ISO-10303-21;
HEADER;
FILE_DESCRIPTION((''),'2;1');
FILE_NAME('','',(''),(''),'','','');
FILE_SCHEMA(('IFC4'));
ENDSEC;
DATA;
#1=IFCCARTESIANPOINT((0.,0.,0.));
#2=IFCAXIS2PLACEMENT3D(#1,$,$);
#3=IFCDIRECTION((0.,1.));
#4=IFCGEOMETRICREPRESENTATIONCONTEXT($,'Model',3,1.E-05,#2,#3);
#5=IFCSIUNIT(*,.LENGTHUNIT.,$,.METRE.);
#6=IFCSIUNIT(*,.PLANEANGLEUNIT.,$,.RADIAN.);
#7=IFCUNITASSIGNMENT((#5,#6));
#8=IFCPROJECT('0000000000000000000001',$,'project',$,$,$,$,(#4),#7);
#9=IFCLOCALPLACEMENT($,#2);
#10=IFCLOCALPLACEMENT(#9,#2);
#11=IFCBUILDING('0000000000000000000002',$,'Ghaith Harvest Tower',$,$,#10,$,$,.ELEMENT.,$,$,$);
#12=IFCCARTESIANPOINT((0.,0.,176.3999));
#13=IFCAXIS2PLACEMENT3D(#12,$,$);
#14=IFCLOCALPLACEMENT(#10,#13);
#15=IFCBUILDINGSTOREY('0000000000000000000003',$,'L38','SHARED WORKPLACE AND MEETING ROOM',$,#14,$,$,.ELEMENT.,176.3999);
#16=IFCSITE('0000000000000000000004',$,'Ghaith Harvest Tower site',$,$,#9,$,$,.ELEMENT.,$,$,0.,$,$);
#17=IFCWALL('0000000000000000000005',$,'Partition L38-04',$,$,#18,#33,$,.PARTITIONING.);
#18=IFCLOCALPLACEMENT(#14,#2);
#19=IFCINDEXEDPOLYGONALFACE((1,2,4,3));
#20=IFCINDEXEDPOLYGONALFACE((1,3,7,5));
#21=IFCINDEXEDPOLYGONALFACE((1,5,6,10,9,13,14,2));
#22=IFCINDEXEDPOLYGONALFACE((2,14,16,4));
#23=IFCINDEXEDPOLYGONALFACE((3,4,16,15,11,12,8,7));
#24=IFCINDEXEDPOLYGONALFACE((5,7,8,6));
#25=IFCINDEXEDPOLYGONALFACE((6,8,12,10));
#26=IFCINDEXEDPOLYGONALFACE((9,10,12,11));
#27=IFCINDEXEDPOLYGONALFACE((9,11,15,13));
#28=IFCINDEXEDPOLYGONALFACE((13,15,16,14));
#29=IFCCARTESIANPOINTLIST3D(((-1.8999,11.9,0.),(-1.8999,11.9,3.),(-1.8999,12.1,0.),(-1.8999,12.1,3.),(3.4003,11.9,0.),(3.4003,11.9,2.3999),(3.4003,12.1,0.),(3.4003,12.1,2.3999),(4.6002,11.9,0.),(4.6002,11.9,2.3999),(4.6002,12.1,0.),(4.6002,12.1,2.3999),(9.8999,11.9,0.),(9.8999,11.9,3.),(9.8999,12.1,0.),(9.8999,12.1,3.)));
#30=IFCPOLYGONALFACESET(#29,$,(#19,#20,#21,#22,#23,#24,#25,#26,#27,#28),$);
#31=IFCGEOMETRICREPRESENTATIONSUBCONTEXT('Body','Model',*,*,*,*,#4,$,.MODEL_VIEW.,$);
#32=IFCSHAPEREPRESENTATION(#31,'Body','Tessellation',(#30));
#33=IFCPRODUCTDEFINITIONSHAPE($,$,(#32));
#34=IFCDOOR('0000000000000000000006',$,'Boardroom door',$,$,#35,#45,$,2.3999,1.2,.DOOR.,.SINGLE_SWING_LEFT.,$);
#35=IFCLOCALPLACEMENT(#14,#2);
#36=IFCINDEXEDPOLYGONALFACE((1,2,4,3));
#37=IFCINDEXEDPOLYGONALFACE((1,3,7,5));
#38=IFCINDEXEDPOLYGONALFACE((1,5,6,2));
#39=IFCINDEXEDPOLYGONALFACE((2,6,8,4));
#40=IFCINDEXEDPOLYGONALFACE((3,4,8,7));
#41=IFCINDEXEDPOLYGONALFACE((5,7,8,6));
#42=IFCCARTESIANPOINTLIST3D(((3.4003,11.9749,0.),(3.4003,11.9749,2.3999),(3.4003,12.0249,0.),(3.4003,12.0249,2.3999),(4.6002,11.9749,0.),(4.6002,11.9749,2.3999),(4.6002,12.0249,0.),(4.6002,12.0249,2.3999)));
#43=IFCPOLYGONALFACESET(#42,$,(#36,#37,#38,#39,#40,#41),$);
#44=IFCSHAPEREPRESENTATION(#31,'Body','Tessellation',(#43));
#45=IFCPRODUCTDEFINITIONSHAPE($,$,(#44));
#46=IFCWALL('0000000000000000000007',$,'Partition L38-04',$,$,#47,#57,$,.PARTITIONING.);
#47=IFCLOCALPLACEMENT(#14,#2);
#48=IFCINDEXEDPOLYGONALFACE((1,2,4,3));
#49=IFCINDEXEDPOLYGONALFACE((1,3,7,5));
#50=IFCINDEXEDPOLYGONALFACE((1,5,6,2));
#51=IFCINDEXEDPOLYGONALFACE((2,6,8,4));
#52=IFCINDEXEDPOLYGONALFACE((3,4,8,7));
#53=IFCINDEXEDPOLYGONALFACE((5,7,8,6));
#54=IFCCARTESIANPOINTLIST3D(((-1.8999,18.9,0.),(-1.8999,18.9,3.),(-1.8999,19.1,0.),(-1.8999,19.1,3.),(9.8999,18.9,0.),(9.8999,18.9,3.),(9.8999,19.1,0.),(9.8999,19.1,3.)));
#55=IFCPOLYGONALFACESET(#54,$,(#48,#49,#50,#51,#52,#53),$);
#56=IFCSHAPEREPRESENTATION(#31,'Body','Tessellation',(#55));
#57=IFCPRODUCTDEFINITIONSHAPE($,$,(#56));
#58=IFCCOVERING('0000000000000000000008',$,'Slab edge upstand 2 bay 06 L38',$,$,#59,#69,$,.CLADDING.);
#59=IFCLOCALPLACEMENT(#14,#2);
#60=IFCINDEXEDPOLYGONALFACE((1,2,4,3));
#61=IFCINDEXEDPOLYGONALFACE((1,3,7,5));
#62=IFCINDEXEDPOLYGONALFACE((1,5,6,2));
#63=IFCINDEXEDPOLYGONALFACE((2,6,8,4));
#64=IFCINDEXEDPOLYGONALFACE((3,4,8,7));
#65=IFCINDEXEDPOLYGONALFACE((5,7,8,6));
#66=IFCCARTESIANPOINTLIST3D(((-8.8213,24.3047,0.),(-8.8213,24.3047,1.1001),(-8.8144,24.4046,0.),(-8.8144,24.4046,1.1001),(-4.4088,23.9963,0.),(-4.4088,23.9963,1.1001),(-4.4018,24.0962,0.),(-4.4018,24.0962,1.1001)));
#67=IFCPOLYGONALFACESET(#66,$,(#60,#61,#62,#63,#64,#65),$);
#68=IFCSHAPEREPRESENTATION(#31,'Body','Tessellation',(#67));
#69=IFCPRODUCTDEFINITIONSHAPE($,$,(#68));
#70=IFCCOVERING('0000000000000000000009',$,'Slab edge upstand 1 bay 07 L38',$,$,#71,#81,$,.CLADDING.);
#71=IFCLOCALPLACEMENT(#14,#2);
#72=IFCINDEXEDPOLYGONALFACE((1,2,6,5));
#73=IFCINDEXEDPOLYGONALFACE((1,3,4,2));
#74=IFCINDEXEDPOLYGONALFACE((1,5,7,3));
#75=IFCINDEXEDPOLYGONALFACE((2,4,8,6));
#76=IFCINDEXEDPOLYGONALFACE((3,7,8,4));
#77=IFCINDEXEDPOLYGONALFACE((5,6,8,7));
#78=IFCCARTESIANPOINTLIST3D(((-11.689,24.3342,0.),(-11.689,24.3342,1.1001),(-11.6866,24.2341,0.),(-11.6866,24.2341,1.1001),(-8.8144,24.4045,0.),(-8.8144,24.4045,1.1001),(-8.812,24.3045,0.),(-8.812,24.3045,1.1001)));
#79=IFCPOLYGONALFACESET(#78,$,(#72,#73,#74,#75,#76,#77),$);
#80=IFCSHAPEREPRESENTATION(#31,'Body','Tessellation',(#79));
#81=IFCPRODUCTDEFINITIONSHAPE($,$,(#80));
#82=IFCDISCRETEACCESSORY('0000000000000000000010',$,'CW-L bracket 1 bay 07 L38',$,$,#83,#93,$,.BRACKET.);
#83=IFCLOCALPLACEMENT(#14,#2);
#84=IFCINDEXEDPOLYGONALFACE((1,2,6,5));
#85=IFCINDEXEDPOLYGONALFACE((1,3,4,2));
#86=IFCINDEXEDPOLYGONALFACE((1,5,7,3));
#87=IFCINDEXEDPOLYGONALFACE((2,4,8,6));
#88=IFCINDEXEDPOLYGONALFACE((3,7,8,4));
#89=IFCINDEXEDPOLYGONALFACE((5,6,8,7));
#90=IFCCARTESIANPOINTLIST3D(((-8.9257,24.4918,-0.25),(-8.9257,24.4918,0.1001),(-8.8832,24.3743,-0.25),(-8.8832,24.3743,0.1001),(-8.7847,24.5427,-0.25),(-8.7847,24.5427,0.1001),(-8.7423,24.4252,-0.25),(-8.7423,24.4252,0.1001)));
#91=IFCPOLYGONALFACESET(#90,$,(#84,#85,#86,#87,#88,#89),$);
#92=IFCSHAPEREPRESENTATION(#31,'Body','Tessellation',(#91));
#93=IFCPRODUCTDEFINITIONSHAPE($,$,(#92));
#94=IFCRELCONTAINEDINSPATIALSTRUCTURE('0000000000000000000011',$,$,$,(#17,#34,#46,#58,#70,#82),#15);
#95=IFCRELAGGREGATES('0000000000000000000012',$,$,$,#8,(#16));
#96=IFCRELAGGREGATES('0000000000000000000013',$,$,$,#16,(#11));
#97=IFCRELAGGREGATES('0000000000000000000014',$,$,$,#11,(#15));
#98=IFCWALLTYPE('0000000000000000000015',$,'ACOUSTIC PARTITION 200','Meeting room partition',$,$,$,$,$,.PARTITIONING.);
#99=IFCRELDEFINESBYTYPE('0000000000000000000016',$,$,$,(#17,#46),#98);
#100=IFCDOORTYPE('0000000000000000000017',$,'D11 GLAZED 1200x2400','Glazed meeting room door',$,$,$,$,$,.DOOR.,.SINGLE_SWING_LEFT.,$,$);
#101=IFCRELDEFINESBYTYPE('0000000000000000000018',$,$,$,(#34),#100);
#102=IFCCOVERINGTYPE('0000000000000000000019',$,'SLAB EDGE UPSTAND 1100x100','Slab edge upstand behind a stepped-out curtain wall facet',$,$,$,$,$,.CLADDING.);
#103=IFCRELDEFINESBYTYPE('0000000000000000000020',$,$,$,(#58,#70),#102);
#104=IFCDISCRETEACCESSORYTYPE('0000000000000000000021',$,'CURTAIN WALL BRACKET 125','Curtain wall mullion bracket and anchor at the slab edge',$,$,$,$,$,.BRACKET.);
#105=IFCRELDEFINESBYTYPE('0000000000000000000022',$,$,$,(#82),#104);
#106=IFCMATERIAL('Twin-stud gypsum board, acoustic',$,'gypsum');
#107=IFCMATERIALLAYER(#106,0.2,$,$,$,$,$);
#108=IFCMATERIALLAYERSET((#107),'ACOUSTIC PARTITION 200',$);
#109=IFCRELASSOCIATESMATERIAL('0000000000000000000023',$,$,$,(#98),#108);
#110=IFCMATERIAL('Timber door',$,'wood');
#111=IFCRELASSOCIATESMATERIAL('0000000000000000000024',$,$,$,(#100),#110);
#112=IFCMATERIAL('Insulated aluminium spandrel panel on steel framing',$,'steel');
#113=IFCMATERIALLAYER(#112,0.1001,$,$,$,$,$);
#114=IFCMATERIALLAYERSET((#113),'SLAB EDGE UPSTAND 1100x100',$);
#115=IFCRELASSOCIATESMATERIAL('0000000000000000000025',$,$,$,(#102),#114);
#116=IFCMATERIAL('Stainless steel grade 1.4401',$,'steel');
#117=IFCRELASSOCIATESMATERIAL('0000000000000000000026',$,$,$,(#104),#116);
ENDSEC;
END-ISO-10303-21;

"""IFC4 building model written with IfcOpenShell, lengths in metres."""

from ifc_helpers import new_model, si_unit, direction, frame, frame_2d, origin, origin_2d, place, context, subcontext, project, spatial, rectangle, extrude, material, layer, layer_set, type_object, element, fill, save


model = new_model("IFC4")

# Units and contexts
model_context = context("Model", 3, precision=1e-05, world=origin(), true_north=direction((0.0, 1.0)))
body_context = subcontext(model_context, "Body", "Model", "MODEL_VIEW")
ifc_project = project(units=[si_unit("LENGTHUNIT", "METRE"), si_unit("PLANEANGLEUNIT", "RADIAN")], contexts=[model_context])

# Site, building, storey
site_placement = place(None, origin())
site = spatial("IfcSite", under=ifc_project, at=site_placement, Name="Ghaith Harvest Tower site", CompositionType="ELEMENT", RefElevation=0.0)
building_placement = place(site_placement, origin())
building = spatial("IfcBuilding", under=site, at=building_placement, Name="Ghaith Harvest Tower", CompositionType="ELEMENT")
storey_placement = place(building_placement, frame((0.0, 0.0, 176.3999)))
storey = spatial("IfcBuildingStorey", under=building, at=storey_placement, Name="L38", Description="SHARED WORKPLACE AND MEETING ROOM", CompositionType="ELEMENT", Elevation=176.3999)

# Shared definitions
ifc_material_1 = material(Name="Twin-stud gypsum board, acoustic", Category="gypsum")
ifc_layer_1 = layer(ifc_material_1, 0.2)
ifc_layer_set_1 = layer_set([ifc_layer_1], Name="ACOUSTIC PARTITION 200")
wall_type = type_object("IfcWallType", Name="ACOUSTIC PARTITION 200", Description="Meeting room partition", PredefinedType="PARTITIONING", material=ifc_layer_set_1)

# Shared definitions
ifc_material_2 = material(Name="Timber door", Category="wood")
door_type = type_object("IfcDoorType", Name="D11 GLAZED 1200x2400", Description="Glazed meeting room door", OperationType="SINGLE_SWING_LEFT", PredefinedType="DOOR", material=ifc_material_2)

# Wall, opening, door
wall_1_placement = place(storey_placement, frame((-1.8999, 12.0, 0.0), z_axis=(0.0, 0.0, 1.0), x_axis=(1.0, 0.0, 0.0)))
wall_1 = element("IfcWall", 1, at=wall_1_placement, inside=storey, type_object=wall_type, Name="Partition L38-04", PredefinedType="PARTITIONING", context=body_context, shape_type="SweptSolid", body=[
    extrude(rectangle(XDim=11.7998, YDim=0.2, at=frame_2d((5.8999, 0.0))), origin(), (0.0, 0.0, 1.0), 3.0),
])
opening_1_placement = place(wall_1_placement, frame((5.3, 0.0, 0.0)))
opening_1 = element("IfcOpeningElement", 2, at=opening_1_placement, cuts=wall_1, PredefinedType="OPENING", context=body_context, shape_type="SweptSolid", body=[
    extrude(rectangle(XDim=1.2, YDim=2.3999, at=frame_2d((0.6001, 1.2))), frame((0.0, 0.1099, 0.0), z_axis=(0.0, -1.0, 0.0), x_axis=(1.0, 0.0, 0.0)), (0.0, 0.0, 1.0), 0.22),
])
door_1_placement = place(opening_1_placement, origin())
door_1 = element("IfcDoor", 3, at=door_1_placement, inside=storey, type_object=door_type, Name="Boardroom door", OperationType="SINGLE_SWING_LEFT", OverallHeight=2.3999, OverallWidth=1.2, PredefinedType="DOOR", context=body_context, shape_type="SweptSolid", body=[
    extrude(rectangle(XDim=1.2, YDim=2.3999, at=frame_2d((0.6001, 1.2))), frame((0.0, 0.0249, 0.0), z_axis=(0.0, -1.0, 0.0), x_axis=(1.0, 0.0, 0.0)), (0.0, 0.0, 1.0), 0.05),
])
fill(opening_1, door_1)

# Wall
wall_2_placement = place(storey_placement, frame((-1.8999, 19.0, 0.0), z_axis=(0.0, 0.0, 1.0), x_axis=(1.0, 0.0, 0.0)))
element("IfcWall", 4, at=wall_2_placement, inside=storey, type_object=wall_type, Name="Partition L38-04", PredefinedType="PARTITIONING", context=body_context, shape_type="SweptSolid", body=[
    extrude(rectangle(XDim=11.7998, YDim=0.2, at=frame_2d((5.8999, 0.0))), origin(), (0.0, 0.0, 1.0), 3.0),
])

# Coverings
ifc_material_3 = material(Name="Insulated aluminium spandrel panel on steel framing", Category="steel")
ifc_layer_2 = layer(ifc_material_3, 0.1001)
ifc_layer_set_2 = layer_set([ifc_layer_2], Name="SLAB EDGE UPSTAND 1100x100")
covering_type = type_object("IfcCoveringType", Name="SLAB EDGE UPSTAND 1100x100", Description="Slab edge upstand behind a stepped-out curtain wall facet", PredefinedType="CLADDING", material=ifc_layer_set_2)
covering_1_placement = place(storey_placement, frame((-6.6116, 24.2004, 0.0), z_axis=(0.0, 0.0, 1.0), x_axis=(-0.997566, 0.069726, 0.0)))
element("IfcCovering", 5, at=covering_1_placement, inside=storey, type_object=covering_type, Name="Slab edge upstand 2 bay 06 L38", PredefinedType="CLADDING", context=body_context, shape_type="SweptSolid", body=[
    extrude(rectangle(XDim=4.4233, YDim=0.1001, at=origin_2d()), origin(), (0.0, 0.0, 1.0), 1.1001),
])
covering_2_placement = place(storey_placement, frame((-10.2505, 24.3193, 0.0), z_axis=(0.0, 0.0, 1.0), x_axis=(-0.999701, -0.024458, 0.0)))
element("IfcCovering", 6, at=covering_2_placement, inside=storey, type_object=covering_type, Name="Slab edge upstand 1 bay 07 L38", PredefinedType="CLADDING", context=body_context, shape_type="SweptSolid", body=[
    extrude(rectangle(XDim=2.8755, YDim=0.1001, at=origin_2d()), origin(), (0.0, 0.0, 1.0), 1.1001),
])

# Discrete accessory
ifc_material_4 = material(Name="Stainless steel grade 1.4401", Category="steel")
discrete_accessory_type = type_object("IfcDiscreteAccessoryType", Name="CURTAIN WALL BRACKET 125", Description="Curtain wall mullion bracket and anchor at the slab edge", PredefinedType="BRACKET", material=ifc_material_4)
discrete_accessory_placement = place(storey_placement, frame((-8.834, 24.4585, -0.25), z_axis=(0.0, 0.0, 1.0), x_axis=(-0.339699, 0.940534, 0.0)))
element("IfcDiscreteAccessory", 7, at=discrete_accessory_placement, inside=storey, type_object=discrete_accessory_type, Name="CW-L bracket 1 bay 07 L38", PredefinedType="BRACKET", context=body_context, shape_type="SweptSolid", body=[
    extrude(rectangle(XDim=0.125, YDim=0.1499, at=origin_2d()), origin(), (0.0, 0.0, 1.0), 0.3501),
])

save(model, "model.ifc")
